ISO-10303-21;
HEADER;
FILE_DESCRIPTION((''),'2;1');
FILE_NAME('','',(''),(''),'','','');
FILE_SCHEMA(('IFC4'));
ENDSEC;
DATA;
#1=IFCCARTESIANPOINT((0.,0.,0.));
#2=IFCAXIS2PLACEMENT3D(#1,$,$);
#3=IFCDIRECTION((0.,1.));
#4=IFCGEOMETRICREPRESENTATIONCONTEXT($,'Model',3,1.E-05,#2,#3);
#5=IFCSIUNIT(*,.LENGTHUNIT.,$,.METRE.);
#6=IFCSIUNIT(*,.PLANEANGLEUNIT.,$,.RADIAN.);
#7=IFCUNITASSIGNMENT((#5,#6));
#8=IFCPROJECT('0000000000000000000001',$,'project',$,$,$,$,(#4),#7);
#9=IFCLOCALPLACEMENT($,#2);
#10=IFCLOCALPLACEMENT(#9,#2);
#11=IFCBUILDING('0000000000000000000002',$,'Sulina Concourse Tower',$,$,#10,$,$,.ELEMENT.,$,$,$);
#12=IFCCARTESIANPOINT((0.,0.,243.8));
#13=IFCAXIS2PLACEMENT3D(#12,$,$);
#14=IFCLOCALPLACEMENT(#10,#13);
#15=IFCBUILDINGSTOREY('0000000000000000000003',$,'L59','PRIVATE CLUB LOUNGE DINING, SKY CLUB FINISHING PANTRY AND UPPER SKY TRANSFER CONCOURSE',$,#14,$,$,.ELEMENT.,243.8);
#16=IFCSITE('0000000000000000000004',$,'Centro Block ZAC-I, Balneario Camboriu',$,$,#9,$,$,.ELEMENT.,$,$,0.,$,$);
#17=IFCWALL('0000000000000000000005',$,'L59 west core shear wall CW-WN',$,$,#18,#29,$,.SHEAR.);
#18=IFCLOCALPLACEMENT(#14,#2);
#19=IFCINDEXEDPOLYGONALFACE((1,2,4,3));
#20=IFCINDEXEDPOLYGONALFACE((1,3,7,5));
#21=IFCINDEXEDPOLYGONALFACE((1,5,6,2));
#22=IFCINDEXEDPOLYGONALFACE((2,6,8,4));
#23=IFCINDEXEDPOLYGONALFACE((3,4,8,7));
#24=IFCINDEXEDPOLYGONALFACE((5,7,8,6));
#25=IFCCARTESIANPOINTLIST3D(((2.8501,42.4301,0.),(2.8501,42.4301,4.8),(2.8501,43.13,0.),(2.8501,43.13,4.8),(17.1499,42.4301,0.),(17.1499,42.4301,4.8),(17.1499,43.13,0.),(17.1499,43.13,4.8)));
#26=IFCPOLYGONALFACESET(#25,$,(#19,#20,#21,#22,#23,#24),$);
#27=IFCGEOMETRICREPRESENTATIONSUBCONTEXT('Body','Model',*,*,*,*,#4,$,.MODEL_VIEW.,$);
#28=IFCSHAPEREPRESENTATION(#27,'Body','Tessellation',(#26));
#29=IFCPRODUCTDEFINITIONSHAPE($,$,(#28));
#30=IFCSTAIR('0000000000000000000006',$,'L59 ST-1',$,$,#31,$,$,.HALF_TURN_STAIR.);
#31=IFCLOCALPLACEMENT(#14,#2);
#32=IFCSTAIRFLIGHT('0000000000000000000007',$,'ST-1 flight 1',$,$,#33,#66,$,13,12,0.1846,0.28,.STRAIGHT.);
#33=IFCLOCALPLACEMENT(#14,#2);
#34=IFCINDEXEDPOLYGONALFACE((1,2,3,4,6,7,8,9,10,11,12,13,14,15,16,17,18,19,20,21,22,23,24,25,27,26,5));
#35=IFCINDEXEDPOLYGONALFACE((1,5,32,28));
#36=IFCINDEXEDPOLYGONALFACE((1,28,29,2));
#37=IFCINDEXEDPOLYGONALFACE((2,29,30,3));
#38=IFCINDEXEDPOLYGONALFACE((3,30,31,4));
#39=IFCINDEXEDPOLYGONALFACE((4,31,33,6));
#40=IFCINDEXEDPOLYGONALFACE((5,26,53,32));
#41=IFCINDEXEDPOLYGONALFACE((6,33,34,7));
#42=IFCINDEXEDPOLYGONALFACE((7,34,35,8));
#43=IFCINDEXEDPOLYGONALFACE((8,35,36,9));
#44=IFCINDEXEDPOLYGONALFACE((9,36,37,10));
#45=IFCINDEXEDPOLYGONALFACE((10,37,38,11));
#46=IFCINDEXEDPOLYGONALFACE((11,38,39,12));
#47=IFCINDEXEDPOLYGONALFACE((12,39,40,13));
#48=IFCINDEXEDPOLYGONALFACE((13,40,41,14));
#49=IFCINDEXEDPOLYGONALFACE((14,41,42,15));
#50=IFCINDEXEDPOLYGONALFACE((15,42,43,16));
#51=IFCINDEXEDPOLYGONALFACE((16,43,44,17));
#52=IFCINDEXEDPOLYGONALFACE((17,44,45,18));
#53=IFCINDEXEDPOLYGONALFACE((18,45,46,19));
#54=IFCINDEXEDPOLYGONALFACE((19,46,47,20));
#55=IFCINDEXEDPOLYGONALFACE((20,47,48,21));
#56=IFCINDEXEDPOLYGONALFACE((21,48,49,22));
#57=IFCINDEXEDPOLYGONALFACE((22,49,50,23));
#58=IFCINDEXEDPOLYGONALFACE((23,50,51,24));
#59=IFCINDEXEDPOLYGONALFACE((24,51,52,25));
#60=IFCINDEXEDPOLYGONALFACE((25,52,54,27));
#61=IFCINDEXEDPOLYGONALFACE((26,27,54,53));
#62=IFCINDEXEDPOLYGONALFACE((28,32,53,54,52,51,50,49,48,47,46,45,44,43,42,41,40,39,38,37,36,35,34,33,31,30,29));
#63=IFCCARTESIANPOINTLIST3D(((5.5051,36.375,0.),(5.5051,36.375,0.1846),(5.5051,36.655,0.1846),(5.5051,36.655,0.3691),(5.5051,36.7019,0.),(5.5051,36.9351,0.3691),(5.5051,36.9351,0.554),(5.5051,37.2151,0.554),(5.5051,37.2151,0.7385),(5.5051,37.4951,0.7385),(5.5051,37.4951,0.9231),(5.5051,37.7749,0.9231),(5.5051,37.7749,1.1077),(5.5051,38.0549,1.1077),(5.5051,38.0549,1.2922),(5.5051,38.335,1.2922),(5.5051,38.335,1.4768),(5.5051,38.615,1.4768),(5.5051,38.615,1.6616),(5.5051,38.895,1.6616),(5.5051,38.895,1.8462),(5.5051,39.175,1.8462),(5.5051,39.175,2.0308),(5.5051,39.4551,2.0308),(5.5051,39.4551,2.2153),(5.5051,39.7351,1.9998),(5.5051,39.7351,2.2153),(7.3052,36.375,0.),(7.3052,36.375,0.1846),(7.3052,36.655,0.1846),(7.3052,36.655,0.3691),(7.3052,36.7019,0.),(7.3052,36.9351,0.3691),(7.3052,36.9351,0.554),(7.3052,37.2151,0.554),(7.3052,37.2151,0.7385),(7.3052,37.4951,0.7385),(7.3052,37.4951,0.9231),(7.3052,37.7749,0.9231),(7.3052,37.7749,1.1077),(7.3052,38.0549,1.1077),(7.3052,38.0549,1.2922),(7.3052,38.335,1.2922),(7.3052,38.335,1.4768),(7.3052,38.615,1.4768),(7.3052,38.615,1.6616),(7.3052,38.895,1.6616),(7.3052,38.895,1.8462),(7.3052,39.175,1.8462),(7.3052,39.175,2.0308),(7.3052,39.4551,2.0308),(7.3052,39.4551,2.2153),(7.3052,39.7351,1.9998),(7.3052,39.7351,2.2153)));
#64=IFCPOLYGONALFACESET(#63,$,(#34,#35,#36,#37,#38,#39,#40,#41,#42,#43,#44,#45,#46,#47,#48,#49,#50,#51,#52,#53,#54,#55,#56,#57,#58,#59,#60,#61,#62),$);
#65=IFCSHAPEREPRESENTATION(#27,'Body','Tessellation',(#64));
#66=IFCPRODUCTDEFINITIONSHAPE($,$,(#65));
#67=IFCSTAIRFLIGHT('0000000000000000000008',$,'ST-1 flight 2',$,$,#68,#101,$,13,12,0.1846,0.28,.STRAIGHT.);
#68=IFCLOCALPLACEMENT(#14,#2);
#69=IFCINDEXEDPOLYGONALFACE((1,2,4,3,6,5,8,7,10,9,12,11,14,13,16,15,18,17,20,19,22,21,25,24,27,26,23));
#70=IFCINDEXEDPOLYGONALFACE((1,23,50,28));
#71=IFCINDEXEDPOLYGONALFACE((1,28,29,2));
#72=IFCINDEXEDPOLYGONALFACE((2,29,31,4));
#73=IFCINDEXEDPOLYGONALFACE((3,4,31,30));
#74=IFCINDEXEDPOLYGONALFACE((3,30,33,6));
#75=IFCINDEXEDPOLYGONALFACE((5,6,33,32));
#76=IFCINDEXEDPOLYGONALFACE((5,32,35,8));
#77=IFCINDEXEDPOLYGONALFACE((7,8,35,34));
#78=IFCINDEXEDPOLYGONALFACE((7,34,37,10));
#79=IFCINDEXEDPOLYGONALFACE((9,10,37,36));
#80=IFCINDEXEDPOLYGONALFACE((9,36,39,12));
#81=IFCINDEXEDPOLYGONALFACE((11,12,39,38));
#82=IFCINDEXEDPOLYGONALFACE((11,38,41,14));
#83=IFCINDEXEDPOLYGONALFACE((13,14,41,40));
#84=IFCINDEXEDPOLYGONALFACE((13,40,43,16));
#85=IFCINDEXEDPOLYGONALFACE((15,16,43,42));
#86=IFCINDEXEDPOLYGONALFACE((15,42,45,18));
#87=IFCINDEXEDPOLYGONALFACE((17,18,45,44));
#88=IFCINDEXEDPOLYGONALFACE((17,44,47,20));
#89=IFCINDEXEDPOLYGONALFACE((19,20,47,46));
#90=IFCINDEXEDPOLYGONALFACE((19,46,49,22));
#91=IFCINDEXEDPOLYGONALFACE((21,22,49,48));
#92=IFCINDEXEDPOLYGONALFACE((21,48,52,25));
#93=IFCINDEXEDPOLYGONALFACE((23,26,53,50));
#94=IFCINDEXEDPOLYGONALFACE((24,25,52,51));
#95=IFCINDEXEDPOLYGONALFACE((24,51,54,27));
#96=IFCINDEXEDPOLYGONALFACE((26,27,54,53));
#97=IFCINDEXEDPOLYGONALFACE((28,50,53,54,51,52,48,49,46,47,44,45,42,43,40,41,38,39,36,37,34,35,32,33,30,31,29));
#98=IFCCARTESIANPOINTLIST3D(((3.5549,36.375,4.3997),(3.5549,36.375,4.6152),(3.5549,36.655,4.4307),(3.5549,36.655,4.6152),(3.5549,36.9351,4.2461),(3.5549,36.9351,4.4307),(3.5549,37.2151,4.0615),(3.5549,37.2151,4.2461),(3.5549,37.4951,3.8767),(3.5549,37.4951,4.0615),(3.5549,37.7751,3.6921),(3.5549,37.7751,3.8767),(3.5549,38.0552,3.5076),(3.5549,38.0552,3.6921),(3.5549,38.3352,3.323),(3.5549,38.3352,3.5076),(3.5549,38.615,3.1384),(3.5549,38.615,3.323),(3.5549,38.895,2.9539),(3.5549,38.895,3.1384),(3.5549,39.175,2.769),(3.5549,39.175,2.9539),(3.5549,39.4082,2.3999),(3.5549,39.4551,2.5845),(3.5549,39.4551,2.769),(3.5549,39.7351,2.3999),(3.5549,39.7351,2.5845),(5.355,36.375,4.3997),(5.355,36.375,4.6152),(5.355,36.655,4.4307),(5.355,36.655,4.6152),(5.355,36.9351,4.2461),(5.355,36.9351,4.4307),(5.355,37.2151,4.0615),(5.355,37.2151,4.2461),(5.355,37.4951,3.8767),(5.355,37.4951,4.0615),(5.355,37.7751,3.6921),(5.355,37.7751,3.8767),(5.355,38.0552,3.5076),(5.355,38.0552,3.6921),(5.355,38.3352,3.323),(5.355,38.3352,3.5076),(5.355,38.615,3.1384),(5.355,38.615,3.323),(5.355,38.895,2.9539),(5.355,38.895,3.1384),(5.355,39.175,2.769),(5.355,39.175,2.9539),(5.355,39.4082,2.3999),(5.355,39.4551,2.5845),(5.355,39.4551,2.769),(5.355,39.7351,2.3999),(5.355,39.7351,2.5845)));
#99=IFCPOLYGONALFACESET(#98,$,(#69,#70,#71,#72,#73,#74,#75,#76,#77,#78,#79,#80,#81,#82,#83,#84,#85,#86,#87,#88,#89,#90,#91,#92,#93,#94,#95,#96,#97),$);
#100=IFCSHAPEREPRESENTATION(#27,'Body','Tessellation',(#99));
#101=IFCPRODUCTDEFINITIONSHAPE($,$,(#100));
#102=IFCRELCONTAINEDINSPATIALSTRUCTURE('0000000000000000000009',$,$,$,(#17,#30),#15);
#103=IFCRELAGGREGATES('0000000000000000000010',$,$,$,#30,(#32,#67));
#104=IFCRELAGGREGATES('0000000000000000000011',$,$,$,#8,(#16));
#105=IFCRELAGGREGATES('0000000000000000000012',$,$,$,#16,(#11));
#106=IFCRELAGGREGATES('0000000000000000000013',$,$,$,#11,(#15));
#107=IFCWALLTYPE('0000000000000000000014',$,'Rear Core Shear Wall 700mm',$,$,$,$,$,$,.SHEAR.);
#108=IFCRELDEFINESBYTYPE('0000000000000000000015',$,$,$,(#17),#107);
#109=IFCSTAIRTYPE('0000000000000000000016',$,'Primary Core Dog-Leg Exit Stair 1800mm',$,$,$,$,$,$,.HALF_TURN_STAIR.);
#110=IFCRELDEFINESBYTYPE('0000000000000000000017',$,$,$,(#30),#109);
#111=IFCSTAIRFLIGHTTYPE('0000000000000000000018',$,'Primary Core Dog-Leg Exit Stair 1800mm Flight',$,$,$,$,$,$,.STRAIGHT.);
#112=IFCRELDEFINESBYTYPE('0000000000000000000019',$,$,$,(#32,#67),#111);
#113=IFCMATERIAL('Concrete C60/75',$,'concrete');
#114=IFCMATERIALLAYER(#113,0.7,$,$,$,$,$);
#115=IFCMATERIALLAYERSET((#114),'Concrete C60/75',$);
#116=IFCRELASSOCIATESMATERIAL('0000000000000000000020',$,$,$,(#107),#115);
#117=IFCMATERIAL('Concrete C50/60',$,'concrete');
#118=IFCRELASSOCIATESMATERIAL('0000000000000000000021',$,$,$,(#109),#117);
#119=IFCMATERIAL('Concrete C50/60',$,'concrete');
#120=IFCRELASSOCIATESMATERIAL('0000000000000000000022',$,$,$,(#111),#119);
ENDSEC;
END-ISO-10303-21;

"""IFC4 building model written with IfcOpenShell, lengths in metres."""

from ifc_helpers import new_model, si_unit, direction, frame, frame_2d, origin, place, context, subcontext, project, spatial, polyline, rectangle, outline, extrude, material, layer, layer_set, type_object, element, aggregate, save


model = new_model("IFC4")

# Units and contexts
model_context = context("Model", 3, precision=1e-05, world=origin(), true_north=direction((0.0, 1.0)))
body_context = subcontext(model_context, "Body", "Model", "MODEL_VIEW")
ifc_project = project(units=[si_unit("LENGTHUNIT", "METRE"), si_unit("PLANEANGLEUNIT", "RADIAN")], contexts=[model_context])

# Site, building, storey
site_placement = place(None, origin())
site = spatial("IfcSite", under=ifc_project, at=site_placement, Name="Centro Block ZAC-I, Balneario Camboriu", CompositionType="ELEMENT", RefElevation=0.0)
building_placement = place(site_placement, origin())
building = spatial("IfcBuilding", under=site, at=building_placement, Name="Sulina Concourse Tower", CompositionType="ELEMENT")
storey_placement = place(building_placement, frame((0.0, 0.0, 243.8)))
storey = spatial("IfcBuildingStorey", under=building, at=storey_placement, Name="L59", Description="PRIVATE CLUB LOUNGE DINING, SKY CLUB FINISHING PANTRY AND UPPER SKY TRANSFER CONCOURSE", CompositionType="ELEMENT", Elevation=243.8)

# Wall
ifc_material_1 = material(Name="Concrete C60/75", Category="concrete")
ifc_layer_1 = layer(ifc_material_1, 0.7)
ifc_layer_set_1 = layer_set([ifc_layer_1], Name="Concrete C60/75")
wall_type_1 = type_object("IfcWallType", Name="Rear Core Shear Wall 700mm", PredefinedType="SHEAR", material=ifc_layer_set_1)
wall_1_placement = place(storey_placement, frame((2.8501, 42.78, 0.0), z_axis=(0.0, 0.0, 1.0), x_axis=(1.0, 0.0, 0.0)))
element("IfcWall", 1, at=wall_1_placement, inside=storey, type_object=wall_type_1, Name="L59 west core shear wall CW-WN", PredefinedType="SHEAR", context=body_context, shape_type="SweptSolid", body=[
    extrude(rectangle(XDim=14.2998, YDim=0.7, at=frame_2d((7.1499, 0.0))), origin(), (0.0, 0.0, 1.0), 4.8),
])

# Stair, stair flights
ifc_material_2 = material(Name="Concrete C50/60", Category="concrete")
stair_type = type_object("IfcStairType", Name="Primary Core Dog-Leg Exit Stair 1800mm", PredefinedType="HALF_TURN_STAIR", material=ifc_material_2)
stair_placement = place(storey_placement, origin())
stair = element("IfcStair", 2, at=stair_placement, inside=storey, type_object=stair_type, Name="L59 ST-1", PredefinedType="HALF_TURN_STAIR")
ifc_material_3 = material(Name="Concrete C50/60", Category="concrete")
stair_flight_type = type_object("IfcStairFlightType", Name="Primary Core Dog-Leg Exit Stair 1800mm Flight", PredefinedType="STRAIGHT", material=ifc_material_3)
stair_flight_1_placement = place(storey_placement, frame((6.405, 36.375, 0.0), z_axis=(0.0, 0.0, 1.0), x_axis=(0.0, 1.0, 0.0)))
stair_flight_1 = element("IfcStairFlight", 3, at=stair_flight_1_placement, type_object=stair_flight_type, Name="ST-1 flight 1", NumberOfRisers=13, NumberOfTreads=12, PredefinedType="STRAIGHT", RiserHeight=0.1846, TreadLength=0.28, context=body_context, shape_type="SweptSolid", body=[
    extrude(outline(polyline([(0.0, 0.0), (0.0, 0.1846), (0.28, 0.1846), (0.28, 0.3691), (0.5601, 0.3691), (0.5601, 0.554), (0.8401, 0.554), (0.8401, 0.7385), (1.1201, 0.7385), (1.1201, 0.9231), (1.3999, 0.9231), (1.3999, 1.1077), (1.6799, 1.1077), (1.6799, 1.2922), (1.96, 1.2922), (1.96, 1.4768), (2.24, 1.4768), (2.24, 1.6616), (2.52, 1.6616), (2.52, 1.8462), (2.8, 1.8462), (2.8, 2.0308), (3.0801, 2.0308), (3.0801, 2.2153), (3.3601, 2.2153), (3.3601, 2.3999), (3.3601, 1.9998), (0.3269, 0.0), (0.0, 0.0)])), frame((0.0, 0.8999, 0.0), z_axis=(0.0, -1.0, 0.0), x_axis=(1.0, 0.0, 0.0)), (0.0, 0.0, 1.0), 1.8),
])
stair_flight_2_placement = place(storey_placement, frame((4.4551, 39.7351, 2.3999), z_axis=(0.0, 0.0, 1.0), x_axis=(0.0, -1.0, 0.0)))
stair_flight_2 = element("IfcStairFlight", 4, at=stair_flight_2_placement, type_object=stair_flight_type, Name="ST-1 flight 2", NumberOfRisers=13, NumberOfTreads=12, PredefinedType="STRAIGHT", RiserHeight=0.1846, TreadLength=0.28, context=body_context, shape_type="SweptSolid", body=[
    extrude(outline(polyline([(0.0, 0.0), (0.0, 0.1846), (0.28, 0.1846), (0.28, 0.3691), (0.5601, 0.3691), (0.5601, 0.554), (0.8401, 0.554), (0.8401, 0.7385), (1.1201, 0.7385), (1.1201, 0.9231), (1.3999, 0.9231), (1.3999, 1.1077), (1.6799, 1.1077), (1.6799, 1.2922), (1.96, 1.2922), (1.96, 1.4768), (2.24, 1.4768), (2.24, 1.6616), (2.52, 1.6616), (2.52, 1.8462), (2.8, 1.8462), (2.8, 2.0308), (3.0801, 2.0308), (3.0801, 2.2153), (3.3601, 2.2153), (3.3601, 2.3999), (3.3601, 1.9998), (0.3269, 0.0), (0.0, 0.0)])), frame((0.0, 0.8999, 0.0), z_axis=(0.0, -1.0, 0.0), x_axis=(1.0, 0.0, 0.0)), (0.0, 0.0, 1.0), 1.8),
])
aggregate(stair, [stair_flight_1, stair_flight_2])

save(model, "model.ifc")
